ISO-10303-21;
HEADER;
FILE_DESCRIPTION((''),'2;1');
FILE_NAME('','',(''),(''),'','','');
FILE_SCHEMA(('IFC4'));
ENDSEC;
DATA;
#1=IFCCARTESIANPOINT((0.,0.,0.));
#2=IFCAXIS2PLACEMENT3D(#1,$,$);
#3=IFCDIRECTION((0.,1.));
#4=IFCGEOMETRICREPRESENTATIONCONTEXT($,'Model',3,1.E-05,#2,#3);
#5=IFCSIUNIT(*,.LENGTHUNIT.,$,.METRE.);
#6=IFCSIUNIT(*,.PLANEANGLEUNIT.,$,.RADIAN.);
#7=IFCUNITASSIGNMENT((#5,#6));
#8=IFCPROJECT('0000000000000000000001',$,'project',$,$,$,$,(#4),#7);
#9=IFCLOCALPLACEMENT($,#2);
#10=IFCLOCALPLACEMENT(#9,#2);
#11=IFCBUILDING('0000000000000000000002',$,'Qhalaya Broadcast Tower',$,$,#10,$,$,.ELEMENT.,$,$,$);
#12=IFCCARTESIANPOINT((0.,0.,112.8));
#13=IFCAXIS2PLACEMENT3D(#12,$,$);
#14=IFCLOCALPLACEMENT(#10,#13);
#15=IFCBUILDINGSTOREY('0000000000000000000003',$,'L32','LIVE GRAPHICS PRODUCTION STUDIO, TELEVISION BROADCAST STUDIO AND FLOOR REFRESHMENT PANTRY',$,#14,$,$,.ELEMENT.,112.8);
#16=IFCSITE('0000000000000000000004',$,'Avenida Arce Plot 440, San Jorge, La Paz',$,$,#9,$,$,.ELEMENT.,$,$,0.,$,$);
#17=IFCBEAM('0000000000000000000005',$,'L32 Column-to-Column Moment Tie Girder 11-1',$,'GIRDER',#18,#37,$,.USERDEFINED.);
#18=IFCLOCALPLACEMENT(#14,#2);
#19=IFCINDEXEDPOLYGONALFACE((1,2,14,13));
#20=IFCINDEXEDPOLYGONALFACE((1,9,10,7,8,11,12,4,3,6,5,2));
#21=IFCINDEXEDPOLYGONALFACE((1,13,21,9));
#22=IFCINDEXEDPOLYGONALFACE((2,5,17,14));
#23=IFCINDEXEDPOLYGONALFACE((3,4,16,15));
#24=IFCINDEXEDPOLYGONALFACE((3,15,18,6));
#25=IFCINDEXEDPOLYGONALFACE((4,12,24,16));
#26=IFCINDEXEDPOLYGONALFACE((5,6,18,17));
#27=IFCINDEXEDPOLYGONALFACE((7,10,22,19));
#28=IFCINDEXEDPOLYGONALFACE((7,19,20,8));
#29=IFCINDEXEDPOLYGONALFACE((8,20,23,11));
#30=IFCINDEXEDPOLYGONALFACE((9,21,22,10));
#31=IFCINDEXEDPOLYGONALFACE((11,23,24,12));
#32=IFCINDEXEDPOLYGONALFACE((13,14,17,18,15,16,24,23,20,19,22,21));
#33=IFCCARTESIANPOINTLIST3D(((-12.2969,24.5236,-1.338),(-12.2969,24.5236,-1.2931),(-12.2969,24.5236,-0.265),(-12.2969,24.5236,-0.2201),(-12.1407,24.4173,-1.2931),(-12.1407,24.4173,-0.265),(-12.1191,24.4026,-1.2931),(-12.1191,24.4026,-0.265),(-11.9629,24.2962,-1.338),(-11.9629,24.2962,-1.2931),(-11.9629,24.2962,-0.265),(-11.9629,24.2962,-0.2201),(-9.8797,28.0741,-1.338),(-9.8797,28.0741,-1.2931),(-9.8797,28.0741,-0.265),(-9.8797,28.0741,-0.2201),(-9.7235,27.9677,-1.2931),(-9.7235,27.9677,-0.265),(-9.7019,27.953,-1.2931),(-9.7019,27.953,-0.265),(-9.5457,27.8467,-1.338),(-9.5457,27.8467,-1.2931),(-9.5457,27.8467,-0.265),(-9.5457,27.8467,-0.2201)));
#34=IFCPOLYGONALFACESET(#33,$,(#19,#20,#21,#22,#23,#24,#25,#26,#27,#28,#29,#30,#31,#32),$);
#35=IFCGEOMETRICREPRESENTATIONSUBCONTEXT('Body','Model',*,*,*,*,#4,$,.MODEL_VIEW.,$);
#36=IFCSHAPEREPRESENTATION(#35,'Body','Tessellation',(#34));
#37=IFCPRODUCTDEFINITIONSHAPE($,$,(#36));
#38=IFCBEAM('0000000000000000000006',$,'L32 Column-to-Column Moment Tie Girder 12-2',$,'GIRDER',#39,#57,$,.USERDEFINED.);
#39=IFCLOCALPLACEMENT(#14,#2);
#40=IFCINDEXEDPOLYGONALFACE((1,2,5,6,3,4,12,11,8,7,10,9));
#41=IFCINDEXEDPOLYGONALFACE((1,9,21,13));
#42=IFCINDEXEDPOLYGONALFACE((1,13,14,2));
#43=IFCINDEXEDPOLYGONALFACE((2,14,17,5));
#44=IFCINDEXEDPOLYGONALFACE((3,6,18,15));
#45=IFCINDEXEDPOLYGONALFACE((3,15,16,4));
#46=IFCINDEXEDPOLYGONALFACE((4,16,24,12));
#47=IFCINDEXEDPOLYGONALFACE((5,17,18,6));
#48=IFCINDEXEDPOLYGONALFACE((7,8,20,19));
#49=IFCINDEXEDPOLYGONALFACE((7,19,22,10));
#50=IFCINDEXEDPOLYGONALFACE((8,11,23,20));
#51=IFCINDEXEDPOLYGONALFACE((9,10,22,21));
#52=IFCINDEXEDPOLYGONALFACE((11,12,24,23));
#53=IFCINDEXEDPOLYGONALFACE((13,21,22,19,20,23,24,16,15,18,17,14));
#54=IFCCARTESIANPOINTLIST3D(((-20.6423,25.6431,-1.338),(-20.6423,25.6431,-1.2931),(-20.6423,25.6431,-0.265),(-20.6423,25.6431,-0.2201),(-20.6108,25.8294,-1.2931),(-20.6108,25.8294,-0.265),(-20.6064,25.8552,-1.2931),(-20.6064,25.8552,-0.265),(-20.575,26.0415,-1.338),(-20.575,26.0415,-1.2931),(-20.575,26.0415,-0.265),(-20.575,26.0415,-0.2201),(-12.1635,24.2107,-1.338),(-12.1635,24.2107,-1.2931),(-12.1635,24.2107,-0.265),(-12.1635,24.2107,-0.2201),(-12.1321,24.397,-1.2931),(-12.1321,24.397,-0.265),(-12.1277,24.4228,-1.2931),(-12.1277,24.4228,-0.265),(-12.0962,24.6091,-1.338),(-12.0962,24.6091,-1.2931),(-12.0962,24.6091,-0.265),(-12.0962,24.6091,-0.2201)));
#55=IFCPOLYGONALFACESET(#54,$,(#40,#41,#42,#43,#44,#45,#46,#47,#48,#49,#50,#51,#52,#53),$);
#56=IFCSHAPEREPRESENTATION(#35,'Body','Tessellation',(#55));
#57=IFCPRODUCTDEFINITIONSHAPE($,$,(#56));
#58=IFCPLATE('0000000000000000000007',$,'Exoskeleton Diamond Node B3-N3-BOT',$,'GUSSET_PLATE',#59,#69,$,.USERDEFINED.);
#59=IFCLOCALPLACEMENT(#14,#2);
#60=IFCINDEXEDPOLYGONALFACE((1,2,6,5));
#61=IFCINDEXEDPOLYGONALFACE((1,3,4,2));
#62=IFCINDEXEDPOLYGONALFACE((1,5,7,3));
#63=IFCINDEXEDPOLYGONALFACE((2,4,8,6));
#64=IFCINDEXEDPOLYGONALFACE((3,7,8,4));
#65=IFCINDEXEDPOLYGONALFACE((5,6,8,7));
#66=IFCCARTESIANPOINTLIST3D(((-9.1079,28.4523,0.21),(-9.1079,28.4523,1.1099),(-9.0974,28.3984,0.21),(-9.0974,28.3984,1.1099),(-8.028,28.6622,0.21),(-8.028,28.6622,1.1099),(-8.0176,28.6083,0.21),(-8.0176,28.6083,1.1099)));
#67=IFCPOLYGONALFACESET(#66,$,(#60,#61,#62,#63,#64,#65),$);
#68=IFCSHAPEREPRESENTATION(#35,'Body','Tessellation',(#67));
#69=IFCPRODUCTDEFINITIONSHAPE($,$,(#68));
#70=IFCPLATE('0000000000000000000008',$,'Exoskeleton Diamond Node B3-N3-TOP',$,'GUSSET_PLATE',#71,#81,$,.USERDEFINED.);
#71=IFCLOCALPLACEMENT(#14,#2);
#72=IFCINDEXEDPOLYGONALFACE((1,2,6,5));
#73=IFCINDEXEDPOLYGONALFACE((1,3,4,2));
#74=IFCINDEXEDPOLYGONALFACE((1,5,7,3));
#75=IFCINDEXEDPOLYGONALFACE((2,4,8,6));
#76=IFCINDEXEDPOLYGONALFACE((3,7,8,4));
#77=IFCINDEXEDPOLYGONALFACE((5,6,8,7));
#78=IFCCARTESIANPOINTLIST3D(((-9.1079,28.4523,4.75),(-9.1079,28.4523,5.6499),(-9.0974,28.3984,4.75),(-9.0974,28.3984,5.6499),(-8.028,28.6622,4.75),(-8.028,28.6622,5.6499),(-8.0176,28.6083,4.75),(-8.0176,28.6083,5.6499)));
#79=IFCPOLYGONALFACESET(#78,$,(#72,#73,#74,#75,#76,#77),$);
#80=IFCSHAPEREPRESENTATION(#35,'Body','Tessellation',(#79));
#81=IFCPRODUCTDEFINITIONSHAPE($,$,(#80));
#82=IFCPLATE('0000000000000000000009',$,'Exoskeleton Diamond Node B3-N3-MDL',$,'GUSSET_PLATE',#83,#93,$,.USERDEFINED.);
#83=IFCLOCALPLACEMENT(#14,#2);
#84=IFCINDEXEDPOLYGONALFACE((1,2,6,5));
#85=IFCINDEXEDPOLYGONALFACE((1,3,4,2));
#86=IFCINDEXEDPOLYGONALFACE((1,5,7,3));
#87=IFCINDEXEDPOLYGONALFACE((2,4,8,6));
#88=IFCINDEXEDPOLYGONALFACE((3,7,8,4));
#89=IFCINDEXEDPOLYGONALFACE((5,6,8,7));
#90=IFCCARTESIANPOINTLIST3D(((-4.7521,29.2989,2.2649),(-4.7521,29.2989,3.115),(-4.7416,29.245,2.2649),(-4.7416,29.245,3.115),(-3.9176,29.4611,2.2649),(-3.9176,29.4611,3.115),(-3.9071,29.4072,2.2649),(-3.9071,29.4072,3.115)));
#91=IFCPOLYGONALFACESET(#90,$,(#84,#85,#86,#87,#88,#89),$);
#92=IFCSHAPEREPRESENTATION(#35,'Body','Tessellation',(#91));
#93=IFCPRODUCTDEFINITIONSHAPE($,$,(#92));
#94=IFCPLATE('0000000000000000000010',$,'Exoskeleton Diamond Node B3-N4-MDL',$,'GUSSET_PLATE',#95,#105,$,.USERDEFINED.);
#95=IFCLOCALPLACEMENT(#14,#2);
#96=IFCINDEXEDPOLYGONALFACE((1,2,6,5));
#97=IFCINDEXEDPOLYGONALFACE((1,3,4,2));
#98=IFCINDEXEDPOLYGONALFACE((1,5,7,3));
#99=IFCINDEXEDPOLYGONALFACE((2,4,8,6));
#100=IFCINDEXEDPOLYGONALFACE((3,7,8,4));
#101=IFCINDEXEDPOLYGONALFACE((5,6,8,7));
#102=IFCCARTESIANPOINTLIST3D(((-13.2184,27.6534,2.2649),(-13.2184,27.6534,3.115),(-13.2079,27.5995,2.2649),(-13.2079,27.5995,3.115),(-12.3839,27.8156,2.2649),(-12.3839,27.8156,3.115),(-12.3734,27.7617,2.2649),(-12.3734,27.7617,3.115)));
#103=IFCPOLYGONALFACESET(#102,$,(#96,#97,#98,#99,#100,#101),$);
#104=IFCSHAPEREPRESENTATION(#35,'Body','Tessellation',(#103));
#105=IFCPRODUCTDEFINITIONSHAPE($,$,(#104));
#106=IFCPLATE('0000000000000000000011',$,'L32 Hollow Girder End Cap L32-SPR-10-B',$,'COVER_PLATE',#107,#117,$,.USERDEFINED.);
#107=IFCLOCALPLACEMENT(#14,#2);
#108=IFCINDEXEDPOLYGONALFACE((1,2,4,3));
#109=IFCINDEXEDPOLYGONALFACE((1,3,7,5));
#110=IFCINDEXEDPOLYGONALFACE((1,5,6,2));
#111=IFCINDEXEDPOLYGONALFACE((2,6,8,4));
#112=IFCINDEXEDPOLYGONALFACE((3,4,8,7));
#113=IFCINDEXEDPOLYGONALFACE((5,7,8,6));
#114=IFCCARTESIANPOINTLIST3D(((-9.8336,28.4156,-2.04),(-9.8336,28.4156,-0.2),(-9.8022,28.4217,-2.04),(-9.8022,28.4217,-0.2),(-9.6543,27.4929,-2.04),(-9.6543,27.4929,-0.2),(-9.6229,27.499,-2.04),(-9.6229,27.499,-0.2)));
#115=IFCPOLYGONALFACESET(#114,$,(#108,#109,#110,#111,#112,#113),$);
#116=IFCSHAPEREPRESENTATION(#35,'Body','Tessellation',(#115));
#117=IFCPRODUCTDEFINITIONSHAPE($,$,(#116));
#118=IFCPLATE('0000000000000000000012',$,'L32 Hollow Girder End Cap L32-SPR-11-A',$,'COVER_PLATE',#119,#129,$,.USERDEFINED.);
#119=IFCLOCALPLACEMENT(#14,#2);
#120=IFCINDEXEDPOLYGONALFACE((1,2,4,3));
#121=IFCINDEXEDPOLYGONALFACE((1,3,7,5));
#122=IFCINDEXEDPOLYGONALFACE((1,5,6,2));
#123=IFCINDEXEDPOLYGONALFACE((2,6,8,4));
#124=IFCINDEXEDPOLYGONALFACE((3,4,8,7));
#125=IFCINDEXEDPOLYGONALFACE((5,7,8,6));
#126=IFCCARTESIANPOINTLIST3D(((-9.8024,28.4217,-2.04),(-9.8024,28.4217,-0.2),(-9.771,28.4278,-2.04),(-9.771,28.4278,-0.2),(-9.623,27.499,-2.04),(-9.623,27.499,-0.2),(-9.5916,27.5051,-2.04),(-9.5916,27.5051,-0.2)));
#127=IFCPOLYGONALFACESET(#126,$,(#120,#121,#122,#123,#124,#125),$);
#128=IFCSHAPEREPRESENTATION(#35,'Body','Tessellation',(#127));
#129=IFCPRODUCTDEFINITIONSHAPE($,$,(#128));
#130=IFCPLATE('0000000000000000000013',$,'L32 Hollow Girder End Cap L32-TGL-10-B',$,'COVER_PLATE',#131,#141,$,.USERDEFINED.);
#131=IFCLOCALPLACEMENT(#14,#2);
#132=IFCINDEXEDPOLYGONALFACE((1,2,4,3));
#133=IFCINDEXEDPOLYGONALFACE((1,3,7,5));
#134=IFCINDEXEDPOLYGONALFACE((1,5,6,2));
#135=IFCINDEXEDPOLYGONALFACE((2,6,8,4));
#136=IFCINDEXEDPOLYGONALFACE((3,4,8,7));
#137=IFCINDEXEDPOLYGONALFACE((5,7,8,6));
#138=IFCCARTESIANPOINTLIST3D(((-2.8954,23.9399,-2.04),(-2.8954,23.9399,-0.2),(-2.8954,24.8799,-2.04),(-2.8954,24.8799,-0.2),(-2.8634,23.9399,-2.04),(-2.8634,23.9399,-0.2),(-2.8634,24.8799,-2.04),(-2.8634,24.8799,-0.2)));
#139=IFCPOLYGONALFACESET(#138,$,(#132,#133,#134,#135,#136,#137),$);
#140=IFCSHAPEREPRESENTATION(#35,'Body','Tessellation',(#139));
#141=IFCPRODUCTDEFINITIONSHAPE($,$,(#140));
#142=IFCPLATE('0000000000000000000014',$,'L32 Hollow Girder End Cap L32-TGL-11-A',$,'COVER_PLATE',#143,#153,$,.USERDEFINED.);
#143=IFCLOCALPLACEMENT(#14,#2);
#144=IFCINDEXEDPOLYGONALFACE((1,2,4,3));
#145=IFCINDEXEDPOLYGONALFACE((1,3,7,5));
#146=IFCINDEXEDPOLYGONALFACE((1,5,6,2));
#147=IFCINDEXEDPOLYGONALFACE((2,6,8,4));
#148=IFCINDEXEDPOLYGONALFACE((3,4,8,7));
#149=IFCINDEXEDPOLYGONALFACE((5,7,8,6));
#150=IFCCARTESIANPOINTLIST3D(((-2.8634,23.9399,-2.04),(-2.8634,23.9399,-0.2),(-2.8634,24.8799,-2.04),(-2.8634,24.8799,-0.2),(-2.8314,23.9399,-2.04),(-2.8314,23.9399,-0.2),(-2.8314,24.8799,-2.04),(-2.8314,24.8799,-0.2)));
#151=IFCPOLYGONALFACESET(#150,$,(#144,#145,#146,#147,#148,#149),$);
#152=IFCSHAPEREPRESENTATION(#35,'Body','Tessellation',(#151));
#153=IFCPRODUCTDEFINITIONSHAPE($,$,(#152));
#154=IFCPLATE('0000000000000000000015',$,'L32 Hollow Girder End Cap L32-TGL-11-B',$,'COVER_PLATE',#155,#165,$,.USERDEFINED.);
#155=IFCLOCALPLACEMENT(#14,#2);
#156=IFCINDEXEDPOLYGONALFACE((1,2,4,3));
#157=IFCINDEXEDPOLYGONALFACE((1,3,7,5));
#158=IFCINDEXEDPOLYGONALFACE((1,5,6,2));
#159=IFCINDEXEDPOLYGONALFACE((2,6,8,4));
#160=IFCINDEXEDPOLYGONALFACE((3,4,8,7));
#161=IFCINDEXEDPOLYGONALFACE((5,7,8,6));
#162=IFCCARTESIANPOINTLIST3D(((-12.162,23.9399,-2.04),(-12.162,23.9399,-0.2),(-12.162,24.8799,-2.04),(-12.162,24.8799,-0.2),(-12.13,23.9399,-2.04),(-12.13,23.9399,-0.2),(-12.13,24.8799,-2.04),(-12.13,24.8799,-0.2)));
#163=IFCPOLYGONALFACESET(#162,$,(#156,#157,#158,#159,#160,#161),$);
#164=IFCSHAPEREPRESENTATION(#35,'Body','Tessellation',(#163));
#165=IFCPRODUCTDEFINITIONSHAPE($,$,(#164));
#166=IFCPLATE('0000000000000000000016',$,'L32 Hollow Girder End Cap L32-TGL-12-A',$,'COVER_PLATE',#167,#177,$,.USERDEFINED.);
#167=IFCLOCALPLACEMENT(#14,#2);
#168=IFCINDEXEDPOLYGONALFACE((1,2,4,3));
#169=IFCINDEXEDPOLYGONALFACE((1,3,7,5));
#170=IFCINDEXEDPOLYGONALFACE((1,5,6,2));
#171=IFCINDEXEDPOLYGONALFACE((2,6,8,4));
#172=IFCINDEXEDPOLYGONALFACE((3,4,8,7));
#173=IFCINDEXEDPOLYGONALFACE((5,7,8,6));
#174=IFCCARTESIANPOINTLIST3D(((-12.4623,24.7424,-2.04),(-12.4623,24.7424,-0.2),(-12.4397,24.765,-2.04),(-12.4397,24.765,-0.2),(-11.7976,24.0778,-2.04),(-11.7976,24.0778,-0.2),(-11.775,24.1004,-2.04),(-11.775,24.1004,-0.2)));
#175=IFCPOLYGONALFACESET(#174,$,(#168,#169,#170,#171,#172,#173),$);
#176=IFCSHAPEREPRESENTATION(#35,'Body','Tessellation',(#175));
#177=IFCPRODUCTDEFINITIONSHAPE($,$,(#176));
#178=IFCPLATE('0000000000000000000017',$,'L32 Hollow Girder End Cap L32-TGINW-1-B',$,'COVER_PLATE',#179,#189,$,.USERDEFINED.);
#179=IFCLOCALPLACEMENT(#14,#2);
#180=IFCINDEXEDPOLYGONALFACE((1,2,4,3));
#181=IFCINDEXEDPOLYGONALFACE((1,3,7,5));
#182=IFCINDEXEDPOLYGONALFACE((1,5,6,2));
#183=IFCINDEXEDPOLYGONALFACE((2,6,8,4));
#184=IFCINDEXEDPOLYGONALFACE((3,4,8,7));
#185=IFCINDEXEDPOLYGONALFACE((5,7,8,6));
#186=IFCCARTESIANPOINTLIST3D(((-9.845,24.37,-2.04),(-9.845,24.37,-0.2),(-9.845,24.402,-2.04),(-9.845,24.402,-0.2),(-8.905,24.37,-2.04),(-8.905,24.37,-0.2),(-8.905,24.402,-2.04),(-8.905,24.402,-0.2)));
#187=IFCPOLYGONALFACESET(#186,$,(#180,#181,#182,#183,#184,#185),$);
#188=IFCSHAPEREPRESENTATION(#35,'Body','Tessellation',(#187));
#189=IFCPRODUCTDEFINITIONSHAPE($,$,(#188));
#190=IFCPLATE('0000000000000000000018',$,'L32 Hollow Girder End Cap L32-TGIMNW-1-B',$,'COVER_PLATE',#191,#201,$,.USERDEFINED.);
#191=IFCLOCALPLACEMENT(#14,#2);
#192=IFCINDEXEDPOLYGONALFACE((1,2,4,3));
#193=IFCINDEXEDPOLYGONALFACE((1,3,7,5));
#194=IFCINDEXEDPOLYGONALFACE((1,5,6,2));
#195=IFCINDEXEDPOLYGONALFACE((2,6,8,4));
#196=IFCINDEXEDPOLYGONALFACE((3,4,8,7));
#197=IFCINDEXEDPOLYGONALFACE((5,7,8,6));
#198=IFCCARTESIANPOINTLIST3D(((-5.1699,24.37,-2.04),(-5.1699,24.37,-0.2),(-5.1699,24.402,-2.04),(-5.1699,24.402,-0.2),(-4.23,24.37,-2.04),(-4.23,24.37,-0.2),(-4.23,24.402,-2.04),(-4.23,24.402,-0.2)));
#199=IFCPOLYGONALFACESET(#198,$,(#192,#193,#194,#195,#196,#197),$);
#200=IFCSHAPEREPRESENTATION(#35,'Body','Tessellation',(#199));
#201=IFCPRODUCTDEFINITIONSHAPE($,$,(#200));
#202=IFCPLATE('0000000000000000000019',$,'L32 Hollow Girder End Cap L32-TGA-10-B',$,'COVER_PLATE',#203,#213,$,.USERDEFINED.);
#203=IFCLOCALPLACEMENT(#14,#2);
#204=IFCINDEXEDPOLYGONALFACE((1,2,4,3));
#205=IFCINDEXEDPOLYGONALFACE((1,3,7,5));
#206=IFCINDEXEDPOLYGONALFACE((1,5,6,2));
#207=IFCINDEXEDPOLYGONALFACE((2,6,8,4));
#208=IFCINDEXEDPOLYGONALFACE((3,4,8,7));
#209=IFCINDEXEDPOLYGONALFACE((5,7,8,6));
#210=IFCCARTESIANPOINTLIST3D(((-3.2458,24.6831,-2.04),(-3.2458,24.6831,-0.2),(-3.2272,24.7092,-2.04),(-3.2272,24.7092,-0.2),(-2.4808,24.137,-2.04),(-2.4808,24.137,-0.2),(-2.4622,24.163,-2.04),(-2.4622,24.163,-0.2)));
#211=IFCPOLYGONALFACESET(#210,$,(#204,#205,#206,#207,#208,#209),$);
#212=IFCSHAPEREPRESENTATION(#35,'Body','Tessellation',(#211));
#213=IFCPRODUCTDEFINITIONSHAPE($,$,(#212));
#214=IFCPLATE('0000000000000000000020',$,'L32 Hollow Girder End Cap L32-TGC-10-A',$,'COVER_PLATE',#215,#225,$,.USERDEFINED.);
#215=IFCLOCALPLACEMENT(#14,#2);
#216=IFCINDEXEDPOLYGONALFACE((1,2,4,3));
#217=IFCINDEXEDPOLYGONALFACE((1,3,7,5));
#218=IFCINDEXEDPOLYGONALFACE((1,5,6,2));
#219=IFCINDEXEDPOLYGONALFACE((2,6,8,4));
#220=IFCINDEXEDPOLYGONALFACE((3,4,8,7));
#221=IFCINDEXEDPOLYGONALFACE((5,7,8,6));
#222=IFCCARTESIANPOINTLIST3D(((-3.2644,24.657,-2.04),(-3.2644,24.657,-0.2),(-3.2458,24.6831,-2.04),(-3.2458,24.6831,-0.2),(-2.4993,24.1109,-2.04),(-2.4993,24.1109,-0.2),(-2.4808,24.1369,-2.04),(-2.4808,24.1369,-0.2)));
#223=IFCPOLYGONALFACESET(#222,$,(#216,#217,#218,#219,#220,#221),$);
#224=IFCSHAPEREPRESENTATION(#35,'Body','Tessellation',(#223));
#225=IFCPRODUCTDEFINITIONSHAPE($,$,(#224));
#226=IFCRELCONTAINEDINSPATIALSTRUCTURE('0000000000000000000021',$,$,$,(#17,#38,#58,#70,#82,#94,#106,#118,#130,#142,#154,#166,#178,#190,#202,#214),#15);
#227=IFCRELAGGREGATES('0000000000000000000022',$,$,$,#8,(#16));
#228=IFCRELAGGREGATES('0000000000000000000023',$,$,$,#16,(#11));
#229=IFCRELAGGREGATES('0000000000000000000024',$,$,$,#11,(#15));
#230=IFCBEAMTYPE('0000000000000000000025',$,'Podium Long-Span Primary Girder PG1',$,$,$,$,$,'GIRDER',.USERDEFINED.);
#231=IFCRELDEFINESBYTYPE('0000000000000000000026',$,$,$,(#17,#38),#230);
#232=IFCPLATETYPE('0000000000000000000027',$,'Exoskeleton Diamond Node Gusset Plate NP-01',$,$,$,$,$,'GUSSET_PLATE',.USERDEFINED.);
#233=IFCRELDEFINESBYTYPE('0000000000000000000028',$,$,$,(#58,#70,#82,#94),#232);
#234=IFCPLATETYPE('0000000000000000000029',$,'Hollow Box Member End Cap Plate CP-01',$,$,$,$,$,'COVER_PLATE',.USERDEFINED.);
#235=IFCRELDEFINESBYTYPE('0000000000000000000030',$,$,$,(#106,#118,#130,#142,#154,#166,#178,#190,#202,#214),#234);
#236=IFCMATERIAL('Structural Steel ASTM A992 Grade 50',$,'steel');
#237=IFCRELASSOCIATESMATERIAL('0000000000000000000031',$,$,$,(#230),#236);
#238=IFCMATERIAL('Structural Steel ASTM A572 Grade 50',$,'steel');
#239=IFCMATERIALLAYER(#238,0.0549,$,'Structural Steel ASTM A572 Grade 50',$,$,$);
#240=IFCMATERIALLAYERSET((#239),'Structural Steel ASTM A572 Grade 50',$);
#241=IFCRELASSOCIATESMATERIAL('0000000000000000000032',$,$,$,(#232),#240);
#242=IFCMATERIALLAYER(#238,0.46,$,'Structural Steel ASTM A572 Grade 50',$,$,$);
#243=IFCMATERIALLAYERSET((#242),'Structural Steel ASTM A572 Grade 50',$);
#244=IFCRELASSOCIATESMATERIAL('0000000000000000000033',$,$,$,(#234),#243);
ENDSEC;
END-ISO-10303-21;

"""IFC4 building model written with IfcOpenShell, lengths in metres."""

from ifc_helpers import new_model, si_unit, direction, frame, origin, origin_2d, place, context, subcontext, project, spatial, rectangle, i_section, extrude, material, layer, layer_set, material_profile, profile_set, type_object, element, save


model = new_model("IFC4")

# Units and contexts
model_context = context("Model", 3, precision=1e-05, world=origin(), true_north=direction((0.0, 1.0)))
body_context = subcontext(model_context, "Body", "Model", "MODEL_VIEW")
ifc_project = project(units=[si_unit("LENGTHUNIT", "METRE"), si_unit("PLANEANGLEUNIT", "RADIAN")], contexts=[model_context])

# Site, building, storey
site_placement = place(None, origin())
site = spatial("IfcSite", under=ifc_project, at=site_placement, Name="Avenida Arce Plot 440, San Jorge, La Paz", CompositionType="ELEMENT", RefElevation=0.0)
building_placement = place(site_placement, origin())
building = spatial("IfcBuilding", under=site, at=building_placement, Name="Qhalaya Broadcast Tower", CompositionType="ELEMENT")
storey_placement = place(building_placement, frame((0.0, 0.0, 112.8)))
storey = spatial("IfcBuildingStorey", under=building, at=storey_placement, Name="L32", Description="LIVE GRAPHICS PRODUCTION STUDIO, TELEVISION BROADCAST STUDIO AND FLOOR REFRESHMENT PANTRY", CompositionType="ELEMENT", Elevation=112.8)

# Shared definitions
ifc_material_1 = material(Name="Structural Steel ASTM A572 Grade 50", Category="steel")

# Beams
ifc_material_2 = material(Name="Structural Steel ASTM A992 Grade 50", Category="steel")
ifc_material_profile_1 = material_profile(ifc_material_2, i_section(OverallWidth=0.4041, OverallDepth=1.1179, WebThickness=0.0261, FlangeThickness=0.0449, at=origin_2d()), Name="W44X335")
ifc_profile_set_1 = profile_set([ifc_material_profile_1], Name="Structural Steel ASTM A992 Grade 50")
beam_type_1 = type_object("IfcBeamType", Name="Podium Long-Span Primary Girder PG1", ElementType="GIRDER", PredefinedType="USERDEFINED", material=ifc_profile_set_1)
beam_1_placement = place(storey_placement, frame((-12.1299, 24.4099, -0.7791), z_axis=(0.562767, 0.826616, 0.0), x_axis=(-0.826616, 0.562767, 0.0)))
element("IfcBeam", 1, at=beam_1_placement, inside=storey, type_object=beam_type_1, Name="L32 Column-to-Column Moment Tie Girder 11-1", ObjectType="GIRDER", PredefinedType="USERDEFINED", context=body_context, shape_type="SweptSolid", body=[
    extrude(i_section(OverallWidth=0.4041, OverallDepth=1.1179, WebThickness=0.0261, FlangeThickness=0.0449, at=origin_2d()), origin(), (0.0, 0.0, 1.0), 4.2952),
])
beam_2_placement = place(storey_placement, frame((-12.1299, 24.4099, -0.7791), z_axis=(-0.986029, 0.166576, 0.0), x_axis=(-0.166576, -0.986029, 0.0)))
element("IfcBeam", 2, at=beam_2_placement, inside=storey, type_object=beam_type_1, Name="L32 Column-to-Column Moment Tie Girder 12-2", ObjectType="GIRDER", PredefinedType="USERDEFINED", context=body_context, shape_type="SweptSolid", body=[
    extrude(i_section(OverallWidth=0.4041, OverallDepth=1.1179, WebThickness=0.0261, FlangeThickness=0.0449, at=origin_2d()), origin(), (0.0, 0.0, 1.0), 8.5989),
])

# Plates
ifc_layer_1 = layer(ifc_material_1, 0.0549, Name="Structural Steel ASTM A572 Grade 50")
ifc_layer_set_1 = layer_set([ifc_layer_1], Name="Structural Steel ASTM A572 Grade 50")
plate_type_1 = type_object("IfcPlateType", Name="Exoskeleton Diamond Node Gusset Plate NP-01", ElementType="GUSSET_PLATE", PredefinedType="USERDEFINED", material=ifc_layer_set_1)
for number, where, z_axis, x_axis, name in (
    (3, (-8.5627, 28.5303, 0.21), (0.0, 0.0, 1.0), (0.981627, 0.190809, 0.0), "Exoskeleton Diamond Node B3-N3-BOT"),
    (4, (-8.5627, 28.5303, 4.75), (0.0, 0.0, 1.0), (0.981627, 0.190809, 0.0), "Exoskeleton Diamond Node B3-N3-TOP"),
):
    element("IfcPlate", number, at=place(storey_placement, frame(where, z_axis=z_axis, x_axis=x_axis)), inside=storey, type_object=plate_type_1, Name=name, ObjectType="GUSSET_PLATE", PredefinedType="USERDEFINED", context=body_context, shape_type="SweptSolid", body=[
        extrude(rectangle(XDim=1.1001, YDim=0.0549, at=origin_2d()), origin(), (0.0, 0.0, 1.0), 0.8999),
    ])
for number, where, z_axis, x_axis, name in (
    (5, (-4.3296, 29.353, 2.2649), (0.0, 0.0, 1.0), (0.981627, 0.190809, 0.0), "Exoskeleton Diamond Node B3-N3-MDL"),
    (6, (-12.7959, 27.7075, 2.2649), (0.0, 0.0, 1.0), (0.981627, 0.190809, 0.0), "Exoskeleton Diamond Node B3-N4-MDL"),
):
    element("IfcPlate", number, at=place(storey_placement, frame(where, z_axis=z_axis, x_axis=x_axis)), inside=storey, type_object=plate_type_1, Name=name, ObjectType="GUSSET_PLATE", PredefinedType="USERDEFINED", context=body_context, shape_type="SweptSolid", body=[
        extrude(rectangle(XDim=0.8501, YDim=0.0549, at=origin_2d()), origin(), (0.0, 0.0, 1.0), 0.8501),
    ])
ifc_layer_2 = layer(ifc_material_1, 0.46, Name="Structural Steel ASTM A572 Grade 50")
ifc_layer_set_2 = layer_set([ifc_layer_2], Name="Structural Steel ASTM A572 Grade 50")
plate_type_2 = type_object("IfcPlateType", Name="Hollow Box Member End Cap Plate CP-01", ElementType="COVER_PLATE", PredefinedType="USERDEFINED", material=ifc_layer_set_2)
for number, where, z_axis, x_axis, name in (
    (7, (-9.7283, 27.9573, -2.04), (0.0, 0.0, 1.0), (0.190809, -0.981627, 0.0), "L32 Hollow Girder End Cap L32-SPR-10-B"),
    (8, (-9.697, 27.9634, -2.04), (0.0, 0.0, 1.0), (0.190809, -0.981627, 0.0), "L32 Hollow Girder End Cap L32-SPR-11-A"),
    (9, (-2.8794, 24.4099, -2.04), (0.0, 0.0, 1.0), (0.0, -1.0, 0.0), "L32 Hollow Girder End Cap L32-TGL-10-B"),
    (10, (-2.8474, 24.4099, -2.04), (0.0, 0.0, 1.0), (0.0, -1.0, 0.0), "L32 Hollow Girder End Cap L32-TGL-11-A"),
    (11, (-12.146, 24.4099, -2.04), (0.0, 0.0, 1.0), (0.0, -1.0, 0.0), "L32 Hollow Girder End Cap L32-TGL-11-B"),
    (12, (-12.1187, 24.4214, -2.04), (0.0, 0.0, 1.0), (0.707107, -0.707107, 0.0), "L32 Hollow Girder End Cap L32-TGL-12-A"),
    (13, (-9.375, 24.386, -2.04), (0.0, 0.0, 1.0), (-1.0, 0.0, 0.0), "L32 Hollow Girder End Cap L32-TGINW-1-B"),
    (14, (-4.7, 24.386, -2.04), (0.0, 0.0, 1.0), (-1.0, 0.0, 0.0), "L32 Hollow Girder End Cap L32-TGIMNW-1-B"),
    (15, (-2.854, 24.4231, -2.04), (0.0, 0.0, 1.0), (-0.813882, 0.58103, 0.0), "L32 Hollow Girder End Cap L32-TGA-10-B"),
    (16, (-2.8726, 24.397, -2.04), (0.0, 0.0, 1.0), (-0.813882, 0.58103, 0.0), "L32 Hollow Girder End Cap L32-TGC-10-A"),
):
    element("IfcPlate", number, at=place(storey_placement, frame(where, z_axis=z_axis, x_axis=x_axis)), inside=storey, type_object=plate_type_2, Name=name, ObjectType="COVER_PLATE", PredefinedType="USERDEFINED", context=body_context, shape_type="SweptSolid", body=[
        extrude(rectangle(XDim=0.9399, YDim=0.032, at=origin_2d()), origin(), (0.0, 0.0, 1.0), 1.8401),
    ])

save(model, "model.ifc")
